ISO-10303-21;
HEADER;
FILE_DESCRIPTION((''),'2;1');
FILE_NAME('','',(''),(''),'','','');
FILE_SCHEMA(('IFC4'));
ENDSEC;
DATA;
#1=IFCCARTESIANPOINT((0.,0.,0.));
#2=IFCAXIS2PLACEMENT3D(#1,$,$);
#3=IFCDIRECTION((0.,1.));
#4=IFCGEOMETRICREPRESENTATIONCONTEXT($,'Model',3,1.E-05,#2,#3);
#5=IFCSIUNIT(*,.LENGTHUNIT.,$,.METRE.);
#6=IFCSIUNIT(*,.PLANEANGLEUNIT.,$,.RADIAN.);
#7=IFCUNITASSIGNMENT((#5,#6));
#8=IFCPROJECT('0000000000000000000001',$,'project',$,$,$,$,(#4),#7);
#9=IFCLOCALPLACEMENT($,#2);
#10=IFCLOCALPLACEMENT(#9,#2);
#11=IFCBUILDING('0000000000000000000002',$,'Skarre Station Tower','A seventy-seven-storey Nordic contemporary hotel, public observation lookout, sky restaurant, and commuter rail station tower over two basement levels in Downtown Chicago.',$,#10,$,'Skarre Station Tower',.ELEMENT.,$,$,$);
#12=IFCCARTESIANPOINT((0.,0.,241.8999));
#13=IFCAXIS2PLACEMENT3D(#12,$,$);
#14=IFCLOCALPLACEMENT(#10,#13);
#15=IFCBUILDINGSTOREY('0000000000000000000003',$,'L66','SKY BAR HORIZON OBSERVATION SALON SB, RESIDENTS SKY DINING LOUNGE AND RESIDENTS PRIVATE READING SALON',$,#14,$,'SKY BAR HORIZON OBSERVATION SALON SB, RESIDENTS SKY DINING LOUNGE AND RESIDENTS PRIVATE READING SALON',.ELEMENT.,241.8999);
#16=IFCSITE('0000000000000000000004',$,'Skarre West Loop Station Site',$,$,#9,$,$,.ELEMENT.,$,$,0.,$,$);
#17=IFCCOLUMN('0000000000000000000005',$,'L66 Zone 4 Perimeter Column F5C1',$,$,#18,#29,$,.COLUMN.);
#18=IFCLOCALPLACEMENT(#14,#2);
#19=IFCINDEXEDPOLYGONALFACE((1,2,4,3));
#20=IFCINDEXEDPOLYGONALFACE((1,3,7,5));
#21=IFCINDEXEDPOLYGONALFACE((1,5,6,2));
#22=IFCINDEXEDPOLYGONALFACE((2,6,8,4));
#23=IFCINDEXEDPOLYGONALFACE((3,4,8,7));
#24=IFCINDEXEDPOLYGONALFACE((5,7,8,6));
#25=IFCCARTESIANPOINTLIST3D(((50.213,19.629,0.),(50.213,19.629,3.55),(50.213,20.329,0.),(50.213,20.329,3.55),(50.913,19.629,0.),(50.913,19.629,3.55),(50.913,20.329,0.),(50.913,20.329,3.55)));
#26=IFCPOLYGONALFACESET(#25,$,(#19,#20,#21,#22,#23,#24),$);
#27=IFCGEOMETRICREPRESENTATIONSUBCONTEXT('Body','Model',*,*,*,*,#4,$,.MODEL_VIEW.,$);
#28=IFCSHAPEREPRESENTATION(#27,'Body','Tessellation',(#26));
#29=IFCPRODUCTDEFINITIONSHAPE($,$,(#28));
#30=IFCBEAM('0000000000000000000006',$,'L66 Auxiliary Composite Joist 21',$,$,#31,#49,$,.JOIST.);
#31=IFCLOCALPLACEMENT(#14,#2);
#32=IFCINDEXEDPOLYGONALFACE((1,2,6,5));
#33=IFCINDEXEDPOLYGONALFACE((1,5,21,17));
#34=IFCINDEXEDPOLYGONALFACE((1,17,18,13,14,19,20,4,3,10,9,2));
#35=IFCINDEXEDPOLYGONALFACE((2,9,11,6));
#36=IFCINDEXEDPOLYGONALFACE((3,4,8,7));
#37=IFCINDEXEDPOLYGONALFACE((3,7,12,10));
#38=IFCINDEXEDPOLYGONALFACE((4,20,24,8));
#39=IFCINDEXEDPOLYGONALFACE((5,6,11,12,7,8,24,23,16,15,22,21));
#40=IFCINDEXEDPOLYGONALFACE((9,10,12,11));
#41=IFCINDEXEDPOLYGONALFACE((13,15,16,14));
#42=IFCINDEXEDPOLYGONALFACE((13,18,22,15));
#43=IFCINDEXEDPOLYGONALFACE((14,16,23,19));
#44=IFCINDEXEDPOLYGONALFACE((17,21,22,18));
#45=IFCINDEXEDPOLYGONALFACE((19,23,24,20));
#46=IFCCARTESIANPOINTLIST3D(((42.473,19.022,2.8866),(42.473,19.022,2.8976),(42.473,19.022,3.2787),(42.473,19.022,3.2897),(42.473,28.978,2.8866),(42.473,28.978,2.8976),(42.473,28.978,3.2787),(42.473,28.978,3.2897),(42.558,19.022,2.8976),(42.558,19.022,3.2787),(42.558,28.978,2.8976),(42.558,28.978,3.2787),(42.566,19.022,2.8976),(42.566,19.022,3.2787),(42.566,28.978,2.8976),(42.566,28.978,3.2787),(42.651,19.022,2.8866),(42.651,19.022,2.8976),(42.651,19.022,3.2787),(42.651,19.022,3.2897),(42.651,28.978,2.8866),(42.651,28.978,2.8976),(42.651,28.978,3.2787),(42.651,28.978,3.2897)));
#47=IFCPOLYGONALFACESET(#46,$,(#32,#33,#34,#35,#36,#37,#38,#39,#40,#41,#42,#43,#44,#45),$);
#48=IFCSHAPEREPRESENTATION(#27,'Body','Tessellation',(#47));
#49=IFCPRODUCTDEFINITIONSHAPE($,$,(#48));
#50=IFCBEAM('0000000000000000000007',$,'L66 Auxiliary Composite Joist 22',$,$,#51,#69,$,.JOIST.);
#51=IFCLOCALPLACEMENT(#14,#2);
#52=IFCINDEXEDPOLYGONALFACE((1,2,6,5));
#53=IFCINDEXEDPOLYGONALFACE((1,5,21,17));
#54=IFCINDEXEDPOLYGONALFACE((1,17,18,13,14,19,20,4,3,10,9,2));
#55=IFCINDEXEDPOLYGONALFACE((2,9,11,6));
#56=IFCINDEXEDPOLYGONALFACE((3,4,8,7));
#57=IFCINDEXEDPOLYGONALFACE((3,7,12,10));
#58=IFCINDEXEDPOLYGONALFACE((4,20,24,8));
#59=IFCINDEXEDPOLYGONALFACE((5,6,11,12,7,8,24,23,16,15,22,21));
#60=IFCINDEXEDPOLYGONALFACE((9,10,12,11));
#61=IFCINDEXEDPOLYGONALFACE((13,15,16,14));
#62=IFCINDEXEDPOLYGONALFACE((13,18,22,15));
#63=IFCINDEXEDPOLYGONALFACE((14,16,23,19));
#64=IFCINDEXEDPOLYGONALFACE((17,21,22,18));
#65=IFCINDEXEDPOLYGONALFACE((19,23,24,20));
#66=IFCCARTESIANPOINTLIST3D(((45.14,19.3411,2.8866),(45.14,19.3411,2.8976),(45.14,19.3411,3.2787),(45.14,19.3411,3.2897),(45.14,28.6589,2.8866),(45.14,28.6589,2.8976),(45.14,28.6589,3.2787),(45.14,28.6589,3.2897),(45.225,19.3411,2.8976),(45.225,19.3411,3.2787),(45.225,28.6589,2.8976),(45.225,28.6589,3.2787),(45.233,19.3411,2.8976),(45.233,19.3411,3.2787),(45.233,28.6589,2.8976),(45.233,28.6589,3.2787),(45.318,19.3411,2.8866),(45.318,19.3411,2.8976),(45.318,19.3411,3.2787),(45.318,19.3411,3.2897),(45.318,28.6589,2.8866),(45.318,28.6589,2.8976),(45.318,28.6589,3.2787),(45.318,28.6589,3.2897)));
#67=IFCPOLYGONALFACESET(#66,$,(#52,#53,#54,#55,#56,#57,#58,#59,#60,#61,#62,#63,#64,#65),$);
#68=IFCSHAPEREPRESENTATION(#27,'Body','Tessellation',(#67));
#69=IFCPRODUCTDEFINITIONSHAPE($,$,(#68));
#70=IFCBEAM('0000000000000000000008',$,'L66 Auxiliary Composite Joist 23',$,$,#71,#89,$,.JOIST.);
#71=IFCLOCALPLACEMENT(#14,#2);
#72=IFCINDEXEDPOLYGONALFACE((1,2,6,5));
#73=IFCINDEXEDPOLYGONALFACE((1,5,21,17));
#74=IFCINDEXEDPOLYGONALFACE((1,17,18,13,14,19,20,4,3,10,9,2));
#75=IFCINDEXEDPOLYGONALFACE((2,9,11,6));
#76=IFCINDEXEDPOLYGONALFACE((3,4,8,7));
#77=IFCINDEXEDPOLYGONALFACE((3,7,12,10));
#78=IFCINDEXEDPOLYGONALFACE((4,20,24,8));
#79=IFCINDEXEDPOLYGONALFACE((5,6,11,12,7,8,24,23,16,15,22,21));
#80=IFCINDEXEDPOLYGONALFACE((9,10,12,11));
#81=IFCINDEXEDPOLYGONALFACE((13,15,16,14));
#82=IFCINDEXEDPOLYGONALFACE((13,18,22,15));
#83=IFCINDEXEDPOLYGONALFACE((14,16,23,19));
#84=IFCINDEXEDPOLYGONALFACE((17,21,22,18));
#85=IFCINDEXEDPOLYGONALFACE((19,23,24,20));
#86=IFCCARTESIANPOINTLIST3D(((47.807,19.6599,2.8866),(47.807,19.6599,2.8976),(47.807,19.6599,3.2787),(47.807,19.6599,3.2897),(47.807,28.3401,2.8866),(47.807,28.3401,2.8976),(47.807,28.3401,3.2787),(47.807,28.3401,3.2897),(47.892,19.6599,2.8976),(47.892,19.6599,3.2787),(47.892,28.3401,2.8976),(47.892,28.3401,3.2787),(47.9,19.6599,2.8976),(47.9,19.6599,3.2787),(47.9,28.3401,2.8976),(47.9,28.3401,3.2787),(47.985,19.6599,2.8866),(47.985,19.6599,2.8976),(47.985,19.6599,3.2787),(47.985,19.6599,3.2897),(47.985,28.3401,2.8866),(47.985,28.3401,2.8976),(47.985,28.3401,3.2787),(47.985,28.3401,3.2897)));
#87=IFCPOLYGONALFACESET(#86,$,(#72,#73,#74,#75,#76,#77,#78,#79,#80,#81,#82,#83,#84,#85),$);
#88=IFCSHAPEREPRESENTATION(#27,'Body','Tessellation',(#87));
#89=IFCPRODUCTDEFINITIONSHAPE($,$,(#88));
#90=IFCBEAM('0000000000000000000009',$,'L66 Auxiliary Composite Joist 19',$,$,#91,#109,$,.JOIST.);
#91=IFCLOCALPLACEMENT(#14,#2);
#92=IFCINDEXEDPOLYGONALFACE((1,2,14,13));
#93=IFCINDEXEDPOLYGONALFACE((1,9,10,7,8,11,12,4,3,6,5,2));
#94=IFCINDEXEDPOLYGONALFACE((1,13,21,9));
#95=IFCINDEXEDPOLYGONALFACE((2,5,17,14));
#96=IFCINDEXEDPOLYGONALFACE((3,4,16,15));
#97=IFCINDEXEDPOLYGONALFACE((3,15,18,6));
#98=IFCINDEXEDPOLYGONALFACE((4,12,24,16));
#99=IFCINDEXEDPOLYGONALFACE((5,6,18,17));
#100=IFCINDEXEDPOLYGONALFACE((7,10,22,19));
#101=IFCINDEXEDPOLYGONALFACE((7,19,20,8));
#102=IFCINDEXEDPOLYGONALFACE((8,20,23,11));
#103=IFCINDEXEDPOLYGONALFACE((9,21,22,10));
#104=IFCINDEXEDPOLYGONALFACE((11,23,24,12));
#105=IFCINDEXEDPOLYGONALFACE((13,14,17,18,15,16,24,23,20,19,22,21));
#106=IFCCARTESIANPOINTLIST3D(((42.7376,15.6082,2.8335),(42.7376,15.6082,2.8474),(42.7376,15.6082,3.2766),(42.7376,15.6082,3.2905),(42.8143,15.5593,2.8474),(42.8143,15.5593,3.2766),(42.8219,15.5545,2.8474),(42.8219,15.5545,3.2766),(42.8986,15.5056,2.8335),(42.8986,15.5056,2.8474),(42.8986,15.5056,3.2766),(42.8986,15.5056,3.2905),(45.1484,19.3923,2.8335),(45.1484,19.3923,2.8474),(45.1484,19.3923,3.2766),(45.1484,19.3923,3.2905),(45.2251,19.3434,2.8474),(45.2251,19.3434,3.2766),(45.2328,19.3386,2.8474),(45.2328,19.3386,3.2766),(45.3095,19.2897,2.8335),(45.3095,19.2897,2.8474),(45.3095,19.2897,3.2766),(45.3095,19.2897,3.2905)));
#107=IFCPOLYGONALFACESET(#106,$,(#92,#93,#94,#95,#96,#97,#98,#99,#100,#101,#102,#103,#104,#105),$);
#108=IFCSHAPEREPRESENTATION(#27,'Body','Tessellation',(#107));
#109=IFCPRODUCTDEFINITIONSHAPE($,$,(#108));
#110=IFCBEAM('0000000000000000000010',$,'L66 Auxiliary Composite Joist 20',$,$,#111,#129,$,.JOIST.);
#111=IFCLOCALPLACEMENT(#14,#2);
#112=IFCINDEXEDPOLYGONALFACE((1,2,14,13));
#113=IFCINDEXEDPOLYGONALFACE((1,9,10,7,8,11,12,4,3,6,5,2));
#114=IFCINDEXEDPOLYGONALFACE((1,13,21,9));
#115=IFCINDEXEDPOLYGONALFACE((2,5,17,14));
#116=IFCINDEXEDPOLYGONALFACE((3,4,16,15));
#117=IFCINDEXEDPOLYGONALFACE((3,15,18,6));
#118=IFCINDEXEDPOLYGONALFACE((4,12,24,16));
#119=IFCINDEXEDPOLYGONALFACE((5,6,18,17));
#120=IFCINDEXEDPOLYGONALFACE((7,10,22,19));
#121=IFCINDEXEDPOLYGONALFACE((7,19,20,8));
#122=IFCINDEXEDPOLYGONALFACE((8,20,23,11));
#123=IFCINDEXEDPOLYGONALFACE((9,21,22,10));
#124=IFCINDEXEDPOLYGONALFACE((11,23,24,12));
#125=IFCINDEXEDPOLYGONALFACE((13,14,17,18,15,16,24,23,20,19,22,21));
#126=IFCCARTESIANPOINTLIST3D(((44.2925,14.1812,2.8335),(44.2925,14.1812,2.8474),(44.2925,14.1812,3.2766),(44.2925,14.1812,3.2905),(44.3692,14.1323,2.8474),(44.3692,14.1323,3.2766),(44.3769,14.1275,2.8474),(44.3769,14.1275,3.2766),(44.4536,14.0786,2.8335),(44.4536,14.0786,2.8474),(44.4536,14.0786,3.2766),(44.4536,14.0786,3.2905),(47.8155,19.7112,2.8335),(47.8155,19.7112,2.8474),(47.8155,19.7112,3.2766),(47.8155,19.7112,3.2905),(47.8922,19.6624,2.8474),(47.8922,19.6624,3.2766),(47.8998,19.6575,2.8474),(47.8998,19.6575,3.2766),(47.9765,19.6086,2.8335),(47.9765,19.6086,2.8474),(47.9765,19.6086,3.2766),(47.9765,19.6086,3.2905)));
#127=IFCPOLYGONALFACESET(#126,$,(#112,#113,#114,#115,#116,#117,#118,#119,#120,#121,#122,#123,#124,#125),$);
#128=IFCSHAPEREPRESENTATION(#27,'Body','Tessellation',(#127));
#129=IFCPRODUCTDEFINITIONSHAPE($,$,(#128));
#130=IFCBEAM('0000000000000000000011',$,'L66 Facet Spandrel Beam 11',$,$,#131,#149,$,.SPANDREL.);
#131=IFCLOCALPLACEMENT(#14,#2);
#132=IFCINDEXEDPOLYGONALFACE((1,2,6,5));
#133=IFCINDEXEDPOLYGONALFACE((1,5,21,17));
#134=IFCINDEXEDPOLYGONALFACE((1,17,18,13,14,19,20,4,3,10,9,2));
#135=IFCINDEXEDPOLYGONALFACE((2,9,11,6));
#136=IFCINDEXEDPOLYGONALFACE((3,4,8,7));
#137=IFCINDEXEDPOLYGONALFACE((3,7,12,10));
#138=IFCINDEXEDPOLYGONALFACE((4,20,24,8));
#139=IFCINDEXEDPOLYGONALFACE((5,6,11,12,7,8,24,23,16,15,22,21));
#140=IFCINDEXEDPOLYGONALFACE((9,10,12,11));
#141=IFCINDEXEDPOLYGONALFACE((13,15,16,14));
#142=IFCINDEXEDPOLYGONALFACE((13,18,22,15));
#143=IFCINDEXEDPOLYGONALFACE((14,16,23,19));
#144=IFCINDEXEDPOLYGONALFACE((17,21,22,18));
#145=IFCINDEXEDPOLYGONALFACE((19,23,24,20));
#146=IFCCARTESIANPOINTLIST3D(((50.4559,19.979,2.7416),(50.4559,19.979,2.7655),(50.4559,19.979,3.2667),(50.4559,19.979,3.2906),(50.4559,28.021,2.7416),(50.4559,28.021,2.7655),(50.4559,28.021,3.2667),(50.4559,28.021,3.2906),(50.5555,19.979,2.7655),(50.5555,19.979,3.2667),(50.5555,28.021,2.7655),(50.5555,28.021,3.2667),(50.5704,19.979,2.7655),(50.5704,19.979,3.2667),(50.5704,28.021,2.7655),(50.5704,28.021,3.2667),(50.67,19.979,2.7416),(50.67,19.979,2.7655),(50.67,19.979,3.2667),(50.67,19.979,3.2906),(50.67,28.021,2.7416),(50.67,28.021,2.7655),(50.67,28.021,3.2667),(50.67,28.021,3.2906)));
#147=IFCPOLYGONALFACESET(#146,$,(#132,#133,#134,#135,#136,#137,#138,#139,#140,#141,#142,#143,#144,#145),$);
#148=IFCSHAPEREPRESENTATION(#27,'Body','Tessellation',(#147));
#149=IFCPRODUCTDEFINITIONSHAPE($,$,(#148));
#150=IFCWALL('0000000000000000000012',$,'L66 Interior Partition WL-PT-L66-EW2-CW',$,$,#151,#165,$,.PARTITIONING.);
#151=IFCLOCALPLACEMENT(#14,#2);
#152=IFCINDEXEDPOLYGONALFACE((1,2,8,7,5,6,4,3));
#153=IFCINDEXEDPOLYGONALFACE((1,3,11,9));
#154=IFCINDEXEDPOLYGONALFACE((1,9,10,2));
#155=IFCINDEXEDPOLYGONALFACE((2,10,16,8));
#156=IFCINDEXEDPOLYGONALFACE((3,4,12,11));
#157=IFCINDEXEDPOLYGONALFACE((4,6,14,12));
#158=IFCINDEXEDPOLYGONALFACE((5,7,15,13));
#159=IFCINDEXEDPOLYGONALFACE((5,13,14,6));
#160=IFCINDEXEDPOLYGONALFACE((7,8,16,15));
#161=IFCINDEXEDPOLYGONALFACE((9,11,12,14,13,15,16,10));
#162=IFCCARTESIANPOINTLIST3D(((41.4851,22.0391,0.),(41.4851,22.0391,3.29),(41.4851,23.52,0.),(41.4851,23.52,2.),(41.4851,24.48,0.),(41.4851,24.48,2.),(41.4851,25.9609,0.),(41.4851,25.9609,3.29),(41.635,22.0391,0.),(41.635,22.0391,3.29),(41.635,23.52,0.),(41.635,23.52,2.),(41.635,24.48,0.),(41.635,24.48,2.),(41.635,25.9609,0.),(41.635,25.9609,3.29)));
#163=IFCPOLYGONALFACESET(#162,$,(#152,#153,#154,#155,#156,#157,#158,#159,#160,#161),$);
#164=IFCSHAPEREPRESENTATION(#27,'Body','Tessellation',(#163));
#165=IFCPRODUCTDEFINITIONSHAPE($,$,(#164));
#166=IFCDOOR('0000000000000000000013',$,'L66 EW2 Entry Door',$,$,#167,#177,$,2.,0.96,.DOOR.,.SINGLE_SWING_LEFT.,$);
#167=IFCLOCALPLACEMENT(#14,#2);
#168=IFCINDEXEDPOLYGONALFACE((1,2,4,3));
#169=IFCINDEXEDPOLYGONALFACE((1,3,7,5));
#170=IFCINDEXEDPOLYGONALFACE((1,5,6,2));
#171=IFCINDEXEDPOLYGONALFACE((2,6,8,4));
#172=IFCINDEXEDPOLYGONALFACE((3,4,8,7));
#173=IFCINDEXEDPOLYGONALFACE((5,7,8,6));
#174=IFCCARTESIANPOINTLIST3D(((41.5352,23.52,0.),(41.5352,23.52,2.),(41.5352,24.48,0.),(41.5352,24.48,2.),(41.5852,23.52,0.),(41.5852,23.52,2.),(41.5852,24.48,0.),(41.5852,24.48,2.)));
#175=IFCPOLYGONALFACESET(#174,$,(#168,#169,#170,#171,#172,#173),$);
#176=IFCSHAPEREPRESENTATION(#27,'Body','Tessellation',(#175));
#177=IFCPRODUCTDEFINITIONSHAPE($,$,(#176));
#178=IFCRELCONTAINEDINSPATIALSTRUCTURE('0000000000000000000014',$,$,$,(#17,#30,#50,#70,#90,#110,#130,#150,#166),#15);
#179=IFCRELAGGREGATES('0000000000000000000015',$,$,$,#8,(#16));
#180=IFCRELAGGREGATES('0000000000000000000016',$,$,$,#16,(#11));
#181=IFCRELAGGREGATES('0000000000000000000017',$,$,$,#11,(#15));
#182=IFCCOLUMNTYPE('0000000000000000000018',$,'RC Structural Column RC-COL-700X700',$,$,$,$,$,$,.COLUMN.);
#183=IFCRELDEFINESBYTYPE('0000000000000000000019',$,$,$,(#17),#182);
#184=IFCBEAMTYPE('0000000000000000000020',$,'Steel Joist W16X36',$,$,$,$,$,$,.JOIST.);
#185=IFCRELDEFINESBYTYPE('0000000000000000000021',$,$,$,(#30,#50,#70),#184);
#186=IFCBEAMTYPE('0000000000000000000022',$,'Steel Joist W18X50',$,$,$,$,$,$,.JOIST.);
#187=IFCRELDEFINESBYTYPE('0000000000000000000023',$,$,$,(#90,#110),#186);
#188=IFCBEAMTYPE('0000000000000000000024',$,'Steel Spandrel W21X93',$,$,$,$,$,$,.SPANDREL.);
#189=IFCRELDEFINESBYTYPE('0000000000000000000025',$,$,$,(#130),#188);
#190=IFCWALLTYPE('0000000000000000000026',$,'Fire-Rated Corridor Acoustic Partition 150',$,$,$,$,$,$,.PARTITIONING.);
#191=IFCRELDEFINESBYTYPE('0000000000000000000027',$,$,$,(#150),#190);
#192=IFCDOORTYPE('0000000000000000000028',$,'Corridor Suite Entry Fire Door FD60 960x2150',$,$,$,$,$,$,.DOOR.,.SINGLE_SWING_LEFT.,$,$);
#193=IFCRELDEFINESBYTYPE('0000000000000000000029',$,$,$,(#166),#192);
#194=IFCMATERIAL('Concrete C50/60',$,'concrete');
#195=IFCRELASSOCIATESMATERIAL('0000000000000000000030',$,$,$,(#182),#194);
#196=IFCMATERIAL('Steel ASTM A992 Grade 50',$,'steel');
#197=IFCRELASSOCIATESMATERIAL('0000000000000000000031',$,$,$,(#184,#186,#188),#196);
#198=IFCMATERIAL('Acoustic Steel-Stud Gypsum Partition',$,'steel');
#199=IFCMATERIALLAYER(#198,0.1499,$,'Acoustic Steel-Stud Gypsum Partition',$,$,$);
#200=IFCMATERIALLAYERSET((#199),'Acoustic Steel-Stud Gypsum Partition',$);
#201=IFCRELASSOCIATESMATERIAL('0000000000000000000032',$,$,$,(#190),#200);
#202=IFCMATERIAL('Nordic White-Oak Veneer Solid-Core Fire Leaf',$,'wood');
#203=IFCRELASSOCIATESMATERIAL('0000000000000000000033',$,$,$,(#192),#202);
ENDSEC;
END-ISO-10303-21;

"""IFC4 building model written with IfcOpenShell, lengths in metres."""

from ifc_helpers import new_model, si_unit, direction, frame, frame_2d, origin, origin_2d, place, context, subcontext, project, spatial, rectangle, i_section, extrude, material, layer, layer_set, material_profile, profile_set, type_object, element, fill, save


model = new_model("IFC4")

# Units and contexts
model_context = context("Model", 3, precision=1e-05, world=origin(), true_north=direction((0.0, 1.0)))
body_context = subcontext(model_context, "Body", "Model", "MODEL_VIEW")
ifc_project = project(units=[si_unit("LENGTHUNIT", "METRE"), si_unit("PLANEANGLEUNIT", "RADIAN")], contexts=[model_context])

# Site, building, storey
site_placement = place(None, origin())
site = spatial("IfcSite", under=ifc_project, at=site_placement, Name="Skarre West Loop Station Site", CompositionType="ELEMENT", RefElevation=0.0)
building_placement = place(site_placement, origin())
building = spatial("IfcBuilding", under=site, at=building_placement, Name="Skarre Station Tower", Description="A seventy-seven-storey Nordic contemporary hotel, public observation lookout, sky restaurant, and commuter rail station tower over two basement levels in Downtown Chicago.", LongName="Skarre Station Tower", CompositionType="ELEMENT")
storey_placement = place(building_placement, frame((0.0, 0.0, 241.8999)))
storey = spatial("IfcBuildingStorey", under=building, at=storey_placement, Name="L66", Description="SKY BAR HORIZON OBSERVATION SALON SB, RESIDENTS SKY DINING LOUNGE AND RESIDENTS PRIVATE READING SALON", LongName="SKY BAR HORIZON OBSERVATION SALON SB, RESIDENTS SKY DINING LOUNGE AND RESIDENTS PRIVATE READING SALON", CompositionType="ELEMENT", Elevation=241.8999)

# Column
ifc_material_1 = material(Name="Concrete C50/60", Category="concrete")
ifc_material_profile_1 = material_profile(ifc_material_1, rectangle(XDim=0.7, YDim=0.7, at=origin_2d()), Name="Concrete C50/60")
ifc_profile_set_1 = profile_set([ifc_material_profile_1], Name="Concrete C50/60")
column_type = type_object("IfcColumnType", Name="RC Structural Column RC-COL-700X700", PredefinedType="COLUMN", material=ifc_profile_set_1)
column_placement = place(storey_placement, frame((50.563, 19.979, 0.0), z_axis=(0.0, 0.0, 1.0), x_axis=(1.0, 0.0, 0.0)))
element("IfcColumn", 1, at=column_placement, inside=storey, type_object=column_type, Name="L66 Zone 4 Perimeter Column F5C1", PredefinedType="COLUMN", context=body_context, shape_type="SweptSolid", body=[
    extrude(rectangle(XDim=0.7, YDim=0.7, at=origin_2d()), origin(), (0.0, 0.0, 1.0), 3.55),
])

# Beams
ifc_material_2 = material(Name="Steel ASTM A992 Grade 50", Category="steel")
ifc_material_profile_2 = material_profile(ifc_material_2, i_section(OverallWidth=0.178, OverallDepth=0.4031, WebThickness=0.0081, FlangeThickness=0.011, at=origin_2d()), Name="Steel ASTM A992 Grade 50")
ifc_profile_set_2 = profile_set([ifc_material_profile_2], Name="Steel ASTM A992 Grade 50")
beam_type_1 = type_object("IfcBeamType", Name="Steel Joist W16X36", PredefinedType="JOIST", material=ifc_profile_set_2)
beam_1_placement = place(storey_placement, frame((42.562, 19.022, 3.0881), z_axis=(0.0, 1.0, 0.0), x_axis=(-1.0, 0.0, 0.0)))
element("IfcBeam", 2, at=beam_1_placement, inside=storey, type_object=beam_type_1, Name="L66 Auxiliary Composite Joist 21", PredefinedType="JOIST", context=body_context, shape_type="SweptSolid", body=[
    extrude(i_section(OverallWidth=0.178, OverallDepth=0.4031, WebThickness=0.0081, FlangeThickness=0.011, at=origin_2d()), origin(), (0.0, 0.0, 1.0), 9.9561),
])
beam_2_placement = place(storey_placement, frame((45.229, 19.3411, 3.0881), z_axis=(0.0, 1.0, 0.0), x_axis=(-1.0, 0.0, 0.0)))
element("IfcBeam", 3, at=beam_2_placement, inside=storey, type_object=beam_type_1, Name="L66 Auxiliary Composite Joist 22", PredefinedType="JOIST", context=body_context, shape_type="SweptSolid", body=[
    extrude(i_section(OverallWidth=0.178, OverallDepth=0.4031, WebThickness=0.0081, FlangeThickness=0.011, at=origin_2d()), origin(), (0.0, 0.0, 1.0), 9.3179),
])
beam_3_placement = place(storey_placement, frame((47.896, 19.6599, 3.0881), z_axis=(0.0, 1.0, 0.0), x_axis=(-1.0, 0.0, 0.0)))
element("IfcBeam", 4, at=beam_3_placement, inside=storey, type_object=beam_type_1, Name="L66 Auxiliary Composite Joist 23", PredefinedType="JOIST", context=body_context, shape_type="SweptSolid", body=[
    extrude(i_section(OverallWidth=0.178, OverallDepth=0.4031, WebThickness=0.0081, FlangeThickness=0.011, at=origin_2d()), origin(), (0.0, 0.0, 1.0), 8.6802),
])
ifc_material_profile_3 = material_profile(ifc_material_2, i_section(OverallWidth=0.1909, OverallDepth=0.457, WebThickness=0.009, FlangeThickness=0.0139, at=origin_2d()), Name="Steel ASTM A992 Grade 50")
ifc_profile_set_3 = profile_set([ifc_material_profile_3], Name="Steel ASTM A992 Grade 50")
beam_type_2 = type_object("IfcBeamType", Name="Steel Joist W18X50", PredefinedType="JOIST", material=ifc_profile_set_3)
beam_4_placement = place(storey_placement, frame((42.8181, 15.5569, 3.062), z_axis=(0.537316, 0.843381, 0.0), x_axis=(-0.843381, 0.537316, 0.0)))
element("IfcBeam", 5, at=beam_4_placement, inside=storey, type_object=beam_type_2, Name="L66 Auxiliary Composite Joist 19", PredefinedType="JOIST", context=body_context, shape_type="SweptSolid", body=[
    extrude(i_section(OverallWidth=0.1909, OverallDepth=0.457, WebThickness=0.009, FlangeThickness=0.0139, at=origin_2d()), origin(), (0.0, 0.0, 1.0), 4.4868),
])
beam_5_placement = place(storey_placement, frame((44.373, 14.1299, 3.062), z_axis=(0.537292, 0.843396, 0.0), x_axis=(-0.843396, 0.537292, 0.0)))
element("IfcBeam", 6, at=beam_5_placement, inside=storey, type_object=beam_type_2, Name="L66 Auxiliary Composite Joist 20", PredefinedType="JOIST", context=body_context, shape_type="SweptSolid", body=[
    extrude(i_section(OverallWidth=0.1909, OverallDepth=0.457, WebThickness=0.009, FlangeThickness=0.0139, at=origin_2d()), origin(), (0.0, 0.0, 1.0), 6.5569),
])
ifc_material_profile_4 = material_profile(ifc_material_2, i_section(OverallWidth=0.2141, OverallDepth=0.5491, WebThickness=0.0149, FlangeThickness=0.0239, at=origin_2d()), Name="Steel ASTM A992 Grade 50")
ifc_profile_set_4 = profile_set([ifc_material_profile_4], Name="Steel ASTM A992 Grade 50")
beam_type_3 = type_object("IfcBeamType", Name="Steel Spandrel W21X93", PredefinedType="SPANDREL", material=ifc_profile_set_4)
beam_6_placement = place(storey_placement, frame((50.563, 19.979, 3.0161), z_axis=(0.0, 1.0, 0.0), x_axis=(-1.0, 0.0, 0.0)))
element("IfcBeam", 7, at=beam_6_placement, inside=storey, type_object=beam_type_3, Name="L66 Facet Spandrel Beam 11", PredefinedType="SPANDREL", context=body_context, shape_type="SweptSolid", body=[
    extrude(i_section(OverallWidth=0.2141, OverallDepth=0.5491, WebThickness=0.0149, FlangeThickness=0.0239, at=origin_2d()), origin(), (0.0, 0.0, 1.0), 8.042),
])

# Wall, opening, door
ifc_material_3 = material(Name="Acoustic Steel-Stud Gypsum Partition", Category="steel")
ifc_layer_1 = layer(ifc_material_3, 0.1499, Name="Acoustic Steel-Stud Gypsum Partition")
ifc_layer_set_1 = layer_set([ifc_layer_1], Name="Acoustic Steel-Stud Gypsum Partition")
wall_type_1 = type_object("IfcWallType", Name="Fire-Rated Corridor Acoustic Partition 150", PredefinedType="PARTITIONING", material=ifc_layer_set_1)
wall_1_placement = place(storey_placement, frame((41.5601, 22.0391, 0.0), z_axis=(0.0, 0.0, 1.0), x_axis=(0.0, 1.0, 0.0)))
wall_1 = element("IfcWall", 8, at=wall_1_placement, inside=storey, type_object=wall_type_1, Name="L66 Interior Partition WL-PT-L66-EW2-CW", PredefinedType="PARTITIONING", context=body_context, shape_type="SweptSolid", body=[
    extrude(rectangle(XDim=3.9219, YDim=0.1499, at=frame_2d((1.9609, 0.0))), origin(), (0.0, 0.0, 1.0), 3.29),
])
opening_1_placement = place(wall_1_placement, frame((1.481, 0.0, 0.0)))
opening_1 = element("IfcOpeningElement", 9, at=opening_1_placement, cuts=wall_1, PredefinedType="OPENING", context=body_context, shape_type="SweptSolid", body=[
    extrude(rectangle(XDim=0.96, YDim=2.0, at=frame_2d((0.48, 1.0))), frame((0.0, 0.085, 0.0), z_axis=(0.0, -1.0, 0.0), x_axis=(1.0, 0.0, 0.0)), (0.0, 0.0, 1.0), 0.1699),
])
ifc_material_4 = material(Name="Nordic White-Oak Veneer Solid-Core Fire Leaf", Category="wood")
door_type = type_object("IfcDoorType", Name="Corridor Suite Entry Fire Door FD60 960x2150", OperationType="SINGLE_SWING_LEFT", PredefinedType="DOOR", material=ifc_material_4)
door_placement = place(opening_1_placement, origin())
door = element("IfcDoor", 10, at=door_placement, inside=storey, type_object=door_type, Name="L66 EW2 Entry Door", OperationType="SINGLE_SWING_LEFT", OverallHeight=2.0, OverallWidth=0.96, PredefinedType="DOOR", context=body_context, shape_type="SweptSolid", body=[
    extrude(rectangle(XDim=0.96, YDim=2.0, at=frame_2d((0.48, 1.0))), frame((0.0, 0.0249, 0.0), z_axis=(0.0, -1.0, 0.0), x_axis=(1.0, 0.0, 0.0)), (0.0, 0.0, 1.0), 0.05),
])
fill(opening_1, door)

save(model, "model.ifc")
